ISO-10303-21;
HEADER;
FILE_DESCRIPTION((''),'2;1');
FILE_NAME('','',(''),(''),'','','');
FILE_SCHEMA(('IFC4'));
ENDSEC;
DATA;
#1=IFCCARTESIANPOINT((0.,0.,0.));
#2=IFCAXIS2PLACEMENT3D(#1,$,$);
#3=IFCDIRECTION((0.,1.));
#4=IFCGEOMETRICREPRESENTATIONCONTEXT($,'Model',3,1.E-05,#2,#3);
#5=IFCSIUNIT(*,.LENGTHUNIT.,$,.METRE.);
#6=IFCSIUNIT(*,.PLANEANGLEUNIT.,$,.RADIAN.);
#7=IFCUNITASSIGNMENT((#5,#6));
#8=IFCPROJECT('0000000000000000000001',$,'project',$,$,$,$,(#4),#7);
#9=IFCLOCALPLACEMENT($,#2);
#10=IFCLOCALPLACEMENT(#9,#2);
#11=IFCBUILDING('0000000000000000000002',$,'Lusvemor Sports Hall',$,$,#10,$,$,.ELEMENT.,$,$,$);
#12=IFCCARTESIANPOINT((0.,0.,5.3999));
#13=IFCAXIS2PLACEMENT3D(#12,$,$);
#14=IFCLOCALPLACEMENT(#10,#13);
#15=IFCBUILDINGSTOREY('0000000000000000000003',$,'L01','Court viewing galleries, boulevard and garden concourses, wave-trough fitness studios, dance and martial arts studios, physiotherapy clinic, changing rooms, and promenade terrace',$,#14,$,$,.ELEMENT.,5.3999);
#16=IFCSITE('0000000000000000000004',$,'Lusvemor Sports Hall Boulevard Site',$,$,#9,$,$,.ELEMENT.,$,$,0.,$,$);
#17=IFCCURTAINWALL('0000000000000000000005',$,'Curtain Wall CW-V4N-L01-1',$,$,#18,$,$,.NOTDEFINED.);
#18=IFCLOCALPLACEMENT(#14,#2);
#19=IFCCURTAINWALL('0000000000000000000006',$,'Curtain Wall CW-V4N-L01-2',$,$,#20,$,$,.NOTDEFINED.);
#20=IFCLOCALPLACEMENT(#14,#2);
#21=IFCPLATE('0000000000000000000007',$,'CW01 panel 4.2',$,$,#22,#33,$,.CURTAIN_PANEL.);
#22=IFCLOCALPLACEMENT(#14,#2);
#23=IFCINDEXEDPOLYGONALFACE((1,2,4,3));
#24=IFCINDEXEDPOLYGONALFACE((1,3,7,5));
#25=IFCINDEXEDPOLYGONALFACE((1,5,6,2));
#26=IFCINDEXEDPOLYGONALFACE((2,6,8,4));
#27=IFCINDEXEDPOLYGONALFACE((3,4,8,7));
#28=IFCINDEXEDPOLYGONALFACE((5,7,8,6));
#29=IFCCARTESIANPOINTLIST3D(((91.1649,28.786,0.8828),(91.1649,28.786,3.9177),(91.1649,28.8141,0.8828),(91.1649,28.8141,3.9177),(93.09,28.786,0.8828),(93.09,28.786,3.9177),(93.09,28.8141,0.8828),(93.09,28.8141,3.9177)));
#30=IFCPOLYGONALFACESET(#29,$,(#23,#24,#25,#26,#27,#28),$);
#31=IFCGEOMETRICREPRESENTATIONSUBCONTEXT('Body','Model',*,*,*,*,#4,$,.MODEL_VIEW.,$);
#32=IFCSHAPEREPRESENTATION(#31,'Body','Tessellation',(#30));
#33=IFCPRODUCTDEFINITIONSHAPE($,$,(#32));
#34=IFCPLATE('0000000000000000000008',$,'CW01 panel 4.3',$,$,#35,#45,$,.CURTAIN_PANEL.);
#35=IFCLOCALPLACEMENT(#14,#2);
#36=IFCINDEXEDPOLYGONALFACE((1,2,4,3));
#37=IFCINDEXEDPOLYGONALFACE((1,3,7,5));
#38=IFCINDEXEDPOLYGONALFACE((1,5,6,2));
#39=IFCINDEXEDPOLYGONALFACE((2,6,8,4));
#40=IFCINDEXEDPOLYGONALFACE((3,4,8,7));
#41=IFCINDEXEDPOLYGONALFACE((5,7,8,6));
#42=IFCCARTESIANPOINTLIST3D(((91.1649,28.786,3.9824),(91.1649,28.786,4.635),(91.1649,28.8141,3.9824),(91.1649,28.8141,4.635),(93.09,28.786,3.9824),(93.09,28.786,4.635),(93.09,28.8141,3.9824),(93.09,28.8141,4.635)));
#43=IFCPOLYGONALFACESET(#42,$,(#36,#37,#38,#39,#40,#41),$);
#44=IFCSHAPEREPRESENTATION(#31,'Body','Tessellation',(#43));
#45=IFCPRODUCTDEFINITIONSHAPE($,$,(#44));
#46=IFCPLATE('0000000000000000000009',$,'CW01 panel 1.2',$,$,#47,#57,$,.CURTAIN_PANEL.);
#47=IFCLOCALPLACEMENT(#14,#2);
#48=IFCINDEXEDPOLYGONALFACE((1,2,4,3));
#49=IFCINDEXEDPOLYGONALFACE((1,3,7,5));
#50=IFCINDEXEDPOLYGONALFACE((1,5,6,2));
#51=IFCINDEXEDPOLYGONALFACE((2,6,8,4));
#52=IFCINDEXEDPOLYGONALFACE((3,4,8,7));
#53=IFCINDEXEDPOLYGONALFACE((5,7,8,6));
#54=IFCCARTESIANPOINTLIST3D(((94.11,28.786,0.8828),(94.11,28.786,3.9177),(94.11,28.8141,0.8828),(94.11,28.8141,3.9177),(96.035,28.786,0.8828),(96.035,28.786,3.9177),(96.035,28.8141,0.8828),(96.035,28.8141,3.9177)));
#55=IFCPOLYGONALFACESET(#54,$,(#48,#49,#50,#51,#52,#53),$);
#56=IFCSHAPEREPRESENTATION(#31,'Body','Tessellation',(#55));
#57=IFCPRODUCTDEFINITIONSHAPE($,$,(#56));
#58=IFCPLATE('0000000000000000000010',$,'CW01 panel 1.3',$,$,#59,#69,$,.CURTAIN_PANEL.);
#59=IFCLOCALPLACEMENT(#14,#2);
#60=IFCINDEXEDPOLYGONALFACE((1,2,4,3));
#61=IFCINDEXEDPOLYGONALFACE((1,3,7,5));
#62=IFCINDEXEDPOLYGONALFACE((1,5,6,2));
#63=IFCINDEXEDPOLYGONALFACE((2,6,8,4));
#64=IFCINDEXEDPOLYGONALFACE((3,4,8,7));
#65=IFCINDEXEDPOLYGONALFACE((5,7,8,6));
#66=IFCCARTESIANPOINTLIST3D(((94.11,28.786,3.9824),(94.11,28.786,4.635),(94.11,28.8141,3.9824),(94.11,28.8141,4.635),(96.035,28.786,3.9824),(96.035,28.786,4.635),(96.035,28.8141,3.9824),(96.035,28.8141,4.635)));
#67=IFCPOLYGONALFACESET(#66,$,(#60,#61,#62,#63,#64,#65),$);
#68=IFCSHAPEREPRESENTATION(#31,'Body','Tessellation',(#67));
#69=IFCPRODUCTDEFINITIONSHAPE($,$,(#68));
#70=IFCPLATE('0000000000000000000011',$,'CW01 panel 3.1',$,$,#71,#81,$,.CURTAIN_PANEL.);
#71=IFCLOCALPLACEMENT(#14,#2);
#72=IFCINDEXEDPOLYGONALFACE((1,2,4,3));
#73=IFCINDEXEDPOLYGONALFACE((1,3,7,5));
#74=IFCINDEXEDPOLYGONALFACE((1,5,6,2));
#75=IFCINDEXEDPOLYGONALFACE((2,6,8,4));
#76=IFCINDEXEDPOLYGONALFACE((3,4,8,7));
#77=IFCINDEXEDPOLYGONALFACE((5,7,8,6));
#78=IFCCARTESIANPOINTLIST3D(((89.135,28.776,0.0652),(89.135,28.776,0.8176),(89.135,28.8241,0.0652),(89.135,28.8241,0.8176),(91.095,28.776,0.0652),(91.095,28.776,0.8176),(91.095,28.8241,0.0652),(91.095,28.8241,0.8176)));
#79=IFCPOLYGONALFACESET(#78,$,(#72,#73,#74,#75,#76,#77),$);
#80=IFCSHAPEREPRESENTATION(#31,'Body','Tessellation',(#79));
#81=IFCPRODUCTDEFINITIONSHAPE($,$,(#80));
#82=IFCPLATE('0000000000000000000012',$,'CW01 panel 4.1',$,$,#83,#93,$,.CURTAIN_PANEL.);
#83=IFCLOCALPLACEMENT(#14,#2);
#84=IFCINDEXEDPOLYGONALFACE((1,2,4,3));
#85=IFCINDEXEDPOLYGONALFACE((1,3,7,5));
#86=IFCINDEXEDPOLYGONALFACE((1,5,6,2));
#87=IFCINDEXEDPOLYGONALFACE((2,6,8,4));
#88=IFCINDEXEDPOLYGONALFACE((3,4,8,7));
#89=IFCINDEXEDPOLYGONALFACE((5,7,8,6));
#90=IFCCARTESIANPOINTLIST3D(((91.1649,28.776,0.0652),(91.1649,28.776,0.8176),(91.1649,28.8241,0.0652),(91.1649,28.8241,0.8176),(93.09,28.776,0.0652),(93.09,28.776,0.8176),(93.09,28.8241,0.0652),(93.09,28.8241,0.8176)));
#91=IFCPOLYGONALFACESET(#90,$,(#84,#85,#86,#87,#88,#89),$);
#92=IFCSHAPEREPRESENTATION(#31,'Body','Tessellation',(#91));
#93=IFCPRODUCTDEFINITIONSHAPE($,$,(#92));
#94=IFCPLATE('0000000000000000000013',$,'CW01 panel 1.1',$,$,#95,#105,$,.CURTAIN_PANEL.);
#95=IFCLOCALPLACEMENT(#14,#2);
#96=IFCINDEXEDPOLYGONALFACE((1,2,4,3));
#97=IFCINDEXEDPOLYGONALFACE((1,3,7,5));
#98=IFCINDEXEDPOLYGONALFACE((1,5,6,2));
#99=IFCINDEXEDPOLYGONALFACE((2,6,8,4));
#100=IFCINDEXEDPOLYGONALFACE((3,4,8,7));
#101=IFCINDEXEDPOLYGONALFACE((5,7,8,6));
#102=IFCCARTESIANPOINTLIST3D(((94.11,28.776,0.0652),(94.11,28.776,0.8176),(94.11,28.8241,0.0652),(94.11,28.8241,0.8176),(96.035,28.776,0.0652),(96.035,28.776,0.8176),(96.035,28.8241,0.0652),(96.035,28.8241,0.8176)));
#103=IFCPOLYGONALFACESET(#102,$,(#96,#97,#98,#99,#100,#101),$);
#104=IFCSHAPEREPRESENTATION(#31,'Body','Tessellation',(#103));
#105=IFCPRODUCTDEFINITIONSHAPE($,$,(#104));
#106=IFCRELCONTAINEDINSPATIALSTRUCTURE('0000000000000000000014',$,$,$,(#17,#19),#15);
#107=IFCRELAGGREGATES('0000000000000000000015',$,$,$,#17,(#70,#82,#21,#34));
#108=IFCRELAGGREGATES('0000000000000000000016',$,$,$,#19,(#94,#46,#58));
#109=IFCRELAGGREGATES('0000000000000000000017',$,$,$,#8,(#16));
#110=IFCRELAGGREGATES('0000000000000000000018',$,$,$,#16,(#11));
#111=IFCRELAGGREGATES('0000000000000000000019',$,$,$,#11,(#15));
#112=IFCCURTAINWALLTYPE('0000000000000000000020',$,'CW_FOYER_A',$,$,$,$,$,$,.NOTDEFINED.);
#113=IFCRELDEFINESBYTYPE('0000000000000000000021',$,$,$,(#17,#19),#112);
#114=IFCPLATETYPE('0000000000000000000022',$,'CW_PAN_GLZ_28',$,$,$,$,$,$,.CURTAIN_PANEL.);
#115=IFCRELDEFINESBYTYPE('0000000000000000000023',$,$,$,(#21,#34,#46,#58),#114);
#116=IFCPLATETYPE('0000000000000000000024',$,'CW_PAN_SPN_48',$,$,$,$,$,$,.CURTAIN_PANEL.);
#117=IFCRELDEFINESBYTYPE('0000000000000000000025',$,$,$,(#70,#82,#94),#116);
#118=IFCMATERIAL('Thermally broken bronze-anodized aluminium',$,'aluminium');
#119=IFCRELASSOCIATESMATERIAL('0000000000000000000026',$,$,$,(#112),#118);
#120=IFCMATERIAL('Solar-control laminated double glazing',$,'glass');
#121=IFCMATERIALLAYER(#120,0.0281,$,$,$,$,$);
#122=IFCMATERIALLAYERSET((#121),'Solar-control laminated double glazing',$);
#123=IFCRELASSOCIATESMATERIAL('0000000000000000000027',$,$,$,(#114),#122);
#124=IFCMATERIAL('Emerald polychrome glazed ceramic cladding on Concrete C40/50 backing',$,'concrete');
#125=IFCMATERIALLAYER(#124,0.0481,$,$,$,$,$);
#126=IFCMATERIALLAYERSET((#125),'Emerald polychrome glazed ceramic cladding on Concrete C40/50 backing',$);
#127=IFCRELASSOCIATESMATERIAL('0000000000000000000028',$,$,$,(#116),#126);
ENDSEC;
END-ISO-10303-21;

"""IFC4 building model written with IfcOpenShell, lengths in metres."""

from ifc_helpers import new_model, si_unit, direction, frame, origin, origin_2d, place, context, subcontext, project, spatial, rectangle, extrude, material, layer, layer_set, type_object, element, aggregate, save


model = new_model("IFC4")

# Units and contexts
model_context = context("Model", 3, precision=1e-05, world=origin(), true_north=direction((0.0, 1.0)))
body_context = subcontext(model_context, "Body", "Model", "MODEL_VIEW")
ifc_project = project(units=[si_unit("LENGTHUNIT", "METRE"), si_unit("PLANEANGLEUNIT", "RADIAN")], contexts=[model_context])

# Site, building, storey
site_placement = place(None, origin())
site = spatial("IfcSite", under=ifc_project, at=site_placement, Name="Lusvemor Sports Hall Boulevard Site", CompositionType="ELEMENT", RefElevation=0.0)
building_placement = place(site_placement, origin())
building = spatial("IfcBuilding", under=site, at=building_placement, Name="Lusvemor Sports Hall", CompositionType="ELEMENT")
storey_placement = place(building_placement, frame((0.0, 0.0, 5.3999)))
storey = spatial("IfcBuildingStorey", under=building, at=storey_placement, Name="L01", Description="Court viewing galleries, boulevard and garden concourses, wave-trough fitness studios, dance and martial arts studios, physiotherapy clinic, changing rooms, and promenade terrace", CompositionType="ELEMENT", Elevation=5.3999)

# Curtain walls
ifc_material_1 = material(Name="Thermally broken bronze-anodized aluminium", Category="aluminium")
curtain_wall_type = type_object("IfcCurtainWallType", Name="CW_FOYER_A", PredefinedType="NOTDEFINED", material=ifc_material_1)
curtain_wall_1_placement = place(storey_placement, origin())
curtain_wall_1 = element("IfcCurtainWall", 1, at=curtain_wall_1_placement, inside=storey, type_object=curtain_wall_type, Name="Curtain Wall CW-V4N-L01-1", PredefinedType="NOTDEFINED")
curtain_wall_2_placement = place(storey_placement, origin())
curtain_wall_2 = element("IfcCurtainWall", 2, at=curtain_wall_2_placement, inside=storey, type_object=curtain_wall_type, Name="Curtain Wall CW-V4N-L01-2", PredefinedType="NOTDEFINED")

# Plates
ifc_material_2 = material(Name="Solar-control laminated double glazing", Category="glass")
ifc_layer_1 = layer(ifc_material_2, 0.0281)
ifc_layer_set_1 = layer_set([ifc_layer_1], Name="Solar-control laminated double glazing")
plate_type_1 = type_object("IfcPlateType", Name="CW_PAN_GLZ_28", PredefinedType="CURTAIN_PANEL", material=ifc_layer_set_1)
plate_1_placement = place(storey_placement, frame((92.1274, 28.8, 0.8828), z_axis=(0.0, 0.0, 1.0), x_axis=(1.0, 0.0, 0.0)))
plate_1 = element("IfcPlate", 3, at=plate_1_placement, type_object=plate_type_1, Name="CW01 panel 4.2", PredefinedType="CURTAIN_PANEL", context=body_context, shape_type="SweptSolid", body=[
    extrude(rectangle(XDim=1.925, YDim=0.0281, at=origin_2d()), origin(), (0.0, 0.0, 1.0), 3.0349),
])
plate_2_placement = place(storey_placement, frame((92.1274, 28.8, 3.9824), z_axis=(0.0, 0.0, 1.0), x_axis=(1.0, 0.0, 0.0)))
plate_2 = element("IfcPlate", 4, at=plate_2_placement, type_object=plate_type_1, Name="CW01 panel 4.3", PredefinedType="CURTAIN_PANEL", context=body_context, shape_type="SweptSolid", body=[
    extrude(rectangle(XDim=1.925, YDim=0.0281, at=origin_2d()), origin(), (0.0, 0.0, 1.0), 0.6526),
])
plate_3_placement = place(storey_placement, frame((95.0725, 28.8, 0.8828), z_axis=(0.0, 0.0, 1.0), x_axis=(1.0, 0.0, 0.0)))
plate_3 = element("IfcPlate", 5, at=plate_3_placement, type_object=plate_type_1, Name="CW01 panel 1.2", PredefinedType="CURTAIN_PANEL", context=body_context, shape_type="SweptSolid", body=[
    extrude(rectangle(XDim=1.925, YDim=0.0281, at=origin_2d()), origin(), (0.0, 0.0, 1.0), 3.0349),
])
plate_4_placement = place(storey_placement, frame((95.0725, 28.8, 3.9824), z_axis=(0.0, 0.0, 1.0), x_axis=(1.0, 0.0, 0.0)))
plate_4 = element("IfcPlate", 6, at=plate_4_placement, type_object=plate_type_1, Name="CW01 panel 1.3", PredefinedType="CURTAIN_PANEL", context=body_context, shape_type="SweptSolid", body=[
    extrude(rectangle(XDim=1.925, YDim=0.0281, at=origin_2d()), origin(), (0.0, 0.0, 1.0), 0.6526),
])
ifc_material_3 = material(Name="Emerald polychrome glazed ceramic cladding on Concrete C40/50 backing", Category="concrete")
ifc_layer_2 = layer(ifc_material_3, 0.0481)
ifc_layer_set_2 = layer_set([ifc_layer_2], Name="Emerald polychrome glazed ceramic cladding on Concrete C40/50 backing")
plate_type_2 = type_object("IfcPlateType", Name="CW_PAN_SPN_48", PredefinedType="CURTAIN_PANEL", material=ifc_layer_set_2)
plate_5_placement = place(storey_placement, frame((90.115, 28.8, 0.0652), z_axis=(0.0, 0.0, 1.0), x_axis=(1.0, 0.0, 0.0)))
plate_5 = element("IfcPlate", 7, at=plate_5_placement, type_object=plate_type_2, Name="CW01 panel 3.1", PredefinedType="CURTAIN_PANEL", context=body_context, shape_type="SweptSolid", body=[
    extrude(rectangle(XDim=1.96, YDim=0.0481, at=origin_2d()), origin(), (0.0, 0.0, 1.0), 0.7524),
])
plate_6_placement = place(storey_placement, frame((92.1274, 28.8, 0.0652), z_axis=(0.0, 0.0, 1.0), x_axis=(1.0, 0.0, 0.0)))
plate_6 = element("IfcPlate", 8, at=plate_6_placement, type_object=plate_type_2, Name="CW01 panel 4.1", PredefinedType="CURTAIN_PANEL", context=body_context, shape_type="SweptSolid", body=[
    extrude(rectangle(XDim=1.925, YDim=0.0481, at=origin_2d()), origin(), (0.0, 0.0, 1.0), 0.7524),
])
aggregate(curtain_wall_1, [plate_5, plate_6, plate_1, plate_2])
plate_7_placement = place(storey_placement, frame((95.0725, 28.8, 0.0652), z_axis=(0.0, 0.0, 1.0), x_axis=(1.0, 0.0, 0.0)))
plate_7 = element("IfcPlate", 9, at=plate_7_placement, type_object=plate_type_2, Name="CW01 panel 1.1", PredefinedType="CURTAIN_PANEL", context=body_context, shape_type="SweptSolid", body=[
    extrude(rectangle(XDim=1.925, YDim=0.0481, at=origin_2d()), origin(), (0.0, 0.0, 1.0), 0.7524),
])
aggregate(curtain_wall_2, [plate_7, plate_3, plate_4])

save(model, "model.ifc")
